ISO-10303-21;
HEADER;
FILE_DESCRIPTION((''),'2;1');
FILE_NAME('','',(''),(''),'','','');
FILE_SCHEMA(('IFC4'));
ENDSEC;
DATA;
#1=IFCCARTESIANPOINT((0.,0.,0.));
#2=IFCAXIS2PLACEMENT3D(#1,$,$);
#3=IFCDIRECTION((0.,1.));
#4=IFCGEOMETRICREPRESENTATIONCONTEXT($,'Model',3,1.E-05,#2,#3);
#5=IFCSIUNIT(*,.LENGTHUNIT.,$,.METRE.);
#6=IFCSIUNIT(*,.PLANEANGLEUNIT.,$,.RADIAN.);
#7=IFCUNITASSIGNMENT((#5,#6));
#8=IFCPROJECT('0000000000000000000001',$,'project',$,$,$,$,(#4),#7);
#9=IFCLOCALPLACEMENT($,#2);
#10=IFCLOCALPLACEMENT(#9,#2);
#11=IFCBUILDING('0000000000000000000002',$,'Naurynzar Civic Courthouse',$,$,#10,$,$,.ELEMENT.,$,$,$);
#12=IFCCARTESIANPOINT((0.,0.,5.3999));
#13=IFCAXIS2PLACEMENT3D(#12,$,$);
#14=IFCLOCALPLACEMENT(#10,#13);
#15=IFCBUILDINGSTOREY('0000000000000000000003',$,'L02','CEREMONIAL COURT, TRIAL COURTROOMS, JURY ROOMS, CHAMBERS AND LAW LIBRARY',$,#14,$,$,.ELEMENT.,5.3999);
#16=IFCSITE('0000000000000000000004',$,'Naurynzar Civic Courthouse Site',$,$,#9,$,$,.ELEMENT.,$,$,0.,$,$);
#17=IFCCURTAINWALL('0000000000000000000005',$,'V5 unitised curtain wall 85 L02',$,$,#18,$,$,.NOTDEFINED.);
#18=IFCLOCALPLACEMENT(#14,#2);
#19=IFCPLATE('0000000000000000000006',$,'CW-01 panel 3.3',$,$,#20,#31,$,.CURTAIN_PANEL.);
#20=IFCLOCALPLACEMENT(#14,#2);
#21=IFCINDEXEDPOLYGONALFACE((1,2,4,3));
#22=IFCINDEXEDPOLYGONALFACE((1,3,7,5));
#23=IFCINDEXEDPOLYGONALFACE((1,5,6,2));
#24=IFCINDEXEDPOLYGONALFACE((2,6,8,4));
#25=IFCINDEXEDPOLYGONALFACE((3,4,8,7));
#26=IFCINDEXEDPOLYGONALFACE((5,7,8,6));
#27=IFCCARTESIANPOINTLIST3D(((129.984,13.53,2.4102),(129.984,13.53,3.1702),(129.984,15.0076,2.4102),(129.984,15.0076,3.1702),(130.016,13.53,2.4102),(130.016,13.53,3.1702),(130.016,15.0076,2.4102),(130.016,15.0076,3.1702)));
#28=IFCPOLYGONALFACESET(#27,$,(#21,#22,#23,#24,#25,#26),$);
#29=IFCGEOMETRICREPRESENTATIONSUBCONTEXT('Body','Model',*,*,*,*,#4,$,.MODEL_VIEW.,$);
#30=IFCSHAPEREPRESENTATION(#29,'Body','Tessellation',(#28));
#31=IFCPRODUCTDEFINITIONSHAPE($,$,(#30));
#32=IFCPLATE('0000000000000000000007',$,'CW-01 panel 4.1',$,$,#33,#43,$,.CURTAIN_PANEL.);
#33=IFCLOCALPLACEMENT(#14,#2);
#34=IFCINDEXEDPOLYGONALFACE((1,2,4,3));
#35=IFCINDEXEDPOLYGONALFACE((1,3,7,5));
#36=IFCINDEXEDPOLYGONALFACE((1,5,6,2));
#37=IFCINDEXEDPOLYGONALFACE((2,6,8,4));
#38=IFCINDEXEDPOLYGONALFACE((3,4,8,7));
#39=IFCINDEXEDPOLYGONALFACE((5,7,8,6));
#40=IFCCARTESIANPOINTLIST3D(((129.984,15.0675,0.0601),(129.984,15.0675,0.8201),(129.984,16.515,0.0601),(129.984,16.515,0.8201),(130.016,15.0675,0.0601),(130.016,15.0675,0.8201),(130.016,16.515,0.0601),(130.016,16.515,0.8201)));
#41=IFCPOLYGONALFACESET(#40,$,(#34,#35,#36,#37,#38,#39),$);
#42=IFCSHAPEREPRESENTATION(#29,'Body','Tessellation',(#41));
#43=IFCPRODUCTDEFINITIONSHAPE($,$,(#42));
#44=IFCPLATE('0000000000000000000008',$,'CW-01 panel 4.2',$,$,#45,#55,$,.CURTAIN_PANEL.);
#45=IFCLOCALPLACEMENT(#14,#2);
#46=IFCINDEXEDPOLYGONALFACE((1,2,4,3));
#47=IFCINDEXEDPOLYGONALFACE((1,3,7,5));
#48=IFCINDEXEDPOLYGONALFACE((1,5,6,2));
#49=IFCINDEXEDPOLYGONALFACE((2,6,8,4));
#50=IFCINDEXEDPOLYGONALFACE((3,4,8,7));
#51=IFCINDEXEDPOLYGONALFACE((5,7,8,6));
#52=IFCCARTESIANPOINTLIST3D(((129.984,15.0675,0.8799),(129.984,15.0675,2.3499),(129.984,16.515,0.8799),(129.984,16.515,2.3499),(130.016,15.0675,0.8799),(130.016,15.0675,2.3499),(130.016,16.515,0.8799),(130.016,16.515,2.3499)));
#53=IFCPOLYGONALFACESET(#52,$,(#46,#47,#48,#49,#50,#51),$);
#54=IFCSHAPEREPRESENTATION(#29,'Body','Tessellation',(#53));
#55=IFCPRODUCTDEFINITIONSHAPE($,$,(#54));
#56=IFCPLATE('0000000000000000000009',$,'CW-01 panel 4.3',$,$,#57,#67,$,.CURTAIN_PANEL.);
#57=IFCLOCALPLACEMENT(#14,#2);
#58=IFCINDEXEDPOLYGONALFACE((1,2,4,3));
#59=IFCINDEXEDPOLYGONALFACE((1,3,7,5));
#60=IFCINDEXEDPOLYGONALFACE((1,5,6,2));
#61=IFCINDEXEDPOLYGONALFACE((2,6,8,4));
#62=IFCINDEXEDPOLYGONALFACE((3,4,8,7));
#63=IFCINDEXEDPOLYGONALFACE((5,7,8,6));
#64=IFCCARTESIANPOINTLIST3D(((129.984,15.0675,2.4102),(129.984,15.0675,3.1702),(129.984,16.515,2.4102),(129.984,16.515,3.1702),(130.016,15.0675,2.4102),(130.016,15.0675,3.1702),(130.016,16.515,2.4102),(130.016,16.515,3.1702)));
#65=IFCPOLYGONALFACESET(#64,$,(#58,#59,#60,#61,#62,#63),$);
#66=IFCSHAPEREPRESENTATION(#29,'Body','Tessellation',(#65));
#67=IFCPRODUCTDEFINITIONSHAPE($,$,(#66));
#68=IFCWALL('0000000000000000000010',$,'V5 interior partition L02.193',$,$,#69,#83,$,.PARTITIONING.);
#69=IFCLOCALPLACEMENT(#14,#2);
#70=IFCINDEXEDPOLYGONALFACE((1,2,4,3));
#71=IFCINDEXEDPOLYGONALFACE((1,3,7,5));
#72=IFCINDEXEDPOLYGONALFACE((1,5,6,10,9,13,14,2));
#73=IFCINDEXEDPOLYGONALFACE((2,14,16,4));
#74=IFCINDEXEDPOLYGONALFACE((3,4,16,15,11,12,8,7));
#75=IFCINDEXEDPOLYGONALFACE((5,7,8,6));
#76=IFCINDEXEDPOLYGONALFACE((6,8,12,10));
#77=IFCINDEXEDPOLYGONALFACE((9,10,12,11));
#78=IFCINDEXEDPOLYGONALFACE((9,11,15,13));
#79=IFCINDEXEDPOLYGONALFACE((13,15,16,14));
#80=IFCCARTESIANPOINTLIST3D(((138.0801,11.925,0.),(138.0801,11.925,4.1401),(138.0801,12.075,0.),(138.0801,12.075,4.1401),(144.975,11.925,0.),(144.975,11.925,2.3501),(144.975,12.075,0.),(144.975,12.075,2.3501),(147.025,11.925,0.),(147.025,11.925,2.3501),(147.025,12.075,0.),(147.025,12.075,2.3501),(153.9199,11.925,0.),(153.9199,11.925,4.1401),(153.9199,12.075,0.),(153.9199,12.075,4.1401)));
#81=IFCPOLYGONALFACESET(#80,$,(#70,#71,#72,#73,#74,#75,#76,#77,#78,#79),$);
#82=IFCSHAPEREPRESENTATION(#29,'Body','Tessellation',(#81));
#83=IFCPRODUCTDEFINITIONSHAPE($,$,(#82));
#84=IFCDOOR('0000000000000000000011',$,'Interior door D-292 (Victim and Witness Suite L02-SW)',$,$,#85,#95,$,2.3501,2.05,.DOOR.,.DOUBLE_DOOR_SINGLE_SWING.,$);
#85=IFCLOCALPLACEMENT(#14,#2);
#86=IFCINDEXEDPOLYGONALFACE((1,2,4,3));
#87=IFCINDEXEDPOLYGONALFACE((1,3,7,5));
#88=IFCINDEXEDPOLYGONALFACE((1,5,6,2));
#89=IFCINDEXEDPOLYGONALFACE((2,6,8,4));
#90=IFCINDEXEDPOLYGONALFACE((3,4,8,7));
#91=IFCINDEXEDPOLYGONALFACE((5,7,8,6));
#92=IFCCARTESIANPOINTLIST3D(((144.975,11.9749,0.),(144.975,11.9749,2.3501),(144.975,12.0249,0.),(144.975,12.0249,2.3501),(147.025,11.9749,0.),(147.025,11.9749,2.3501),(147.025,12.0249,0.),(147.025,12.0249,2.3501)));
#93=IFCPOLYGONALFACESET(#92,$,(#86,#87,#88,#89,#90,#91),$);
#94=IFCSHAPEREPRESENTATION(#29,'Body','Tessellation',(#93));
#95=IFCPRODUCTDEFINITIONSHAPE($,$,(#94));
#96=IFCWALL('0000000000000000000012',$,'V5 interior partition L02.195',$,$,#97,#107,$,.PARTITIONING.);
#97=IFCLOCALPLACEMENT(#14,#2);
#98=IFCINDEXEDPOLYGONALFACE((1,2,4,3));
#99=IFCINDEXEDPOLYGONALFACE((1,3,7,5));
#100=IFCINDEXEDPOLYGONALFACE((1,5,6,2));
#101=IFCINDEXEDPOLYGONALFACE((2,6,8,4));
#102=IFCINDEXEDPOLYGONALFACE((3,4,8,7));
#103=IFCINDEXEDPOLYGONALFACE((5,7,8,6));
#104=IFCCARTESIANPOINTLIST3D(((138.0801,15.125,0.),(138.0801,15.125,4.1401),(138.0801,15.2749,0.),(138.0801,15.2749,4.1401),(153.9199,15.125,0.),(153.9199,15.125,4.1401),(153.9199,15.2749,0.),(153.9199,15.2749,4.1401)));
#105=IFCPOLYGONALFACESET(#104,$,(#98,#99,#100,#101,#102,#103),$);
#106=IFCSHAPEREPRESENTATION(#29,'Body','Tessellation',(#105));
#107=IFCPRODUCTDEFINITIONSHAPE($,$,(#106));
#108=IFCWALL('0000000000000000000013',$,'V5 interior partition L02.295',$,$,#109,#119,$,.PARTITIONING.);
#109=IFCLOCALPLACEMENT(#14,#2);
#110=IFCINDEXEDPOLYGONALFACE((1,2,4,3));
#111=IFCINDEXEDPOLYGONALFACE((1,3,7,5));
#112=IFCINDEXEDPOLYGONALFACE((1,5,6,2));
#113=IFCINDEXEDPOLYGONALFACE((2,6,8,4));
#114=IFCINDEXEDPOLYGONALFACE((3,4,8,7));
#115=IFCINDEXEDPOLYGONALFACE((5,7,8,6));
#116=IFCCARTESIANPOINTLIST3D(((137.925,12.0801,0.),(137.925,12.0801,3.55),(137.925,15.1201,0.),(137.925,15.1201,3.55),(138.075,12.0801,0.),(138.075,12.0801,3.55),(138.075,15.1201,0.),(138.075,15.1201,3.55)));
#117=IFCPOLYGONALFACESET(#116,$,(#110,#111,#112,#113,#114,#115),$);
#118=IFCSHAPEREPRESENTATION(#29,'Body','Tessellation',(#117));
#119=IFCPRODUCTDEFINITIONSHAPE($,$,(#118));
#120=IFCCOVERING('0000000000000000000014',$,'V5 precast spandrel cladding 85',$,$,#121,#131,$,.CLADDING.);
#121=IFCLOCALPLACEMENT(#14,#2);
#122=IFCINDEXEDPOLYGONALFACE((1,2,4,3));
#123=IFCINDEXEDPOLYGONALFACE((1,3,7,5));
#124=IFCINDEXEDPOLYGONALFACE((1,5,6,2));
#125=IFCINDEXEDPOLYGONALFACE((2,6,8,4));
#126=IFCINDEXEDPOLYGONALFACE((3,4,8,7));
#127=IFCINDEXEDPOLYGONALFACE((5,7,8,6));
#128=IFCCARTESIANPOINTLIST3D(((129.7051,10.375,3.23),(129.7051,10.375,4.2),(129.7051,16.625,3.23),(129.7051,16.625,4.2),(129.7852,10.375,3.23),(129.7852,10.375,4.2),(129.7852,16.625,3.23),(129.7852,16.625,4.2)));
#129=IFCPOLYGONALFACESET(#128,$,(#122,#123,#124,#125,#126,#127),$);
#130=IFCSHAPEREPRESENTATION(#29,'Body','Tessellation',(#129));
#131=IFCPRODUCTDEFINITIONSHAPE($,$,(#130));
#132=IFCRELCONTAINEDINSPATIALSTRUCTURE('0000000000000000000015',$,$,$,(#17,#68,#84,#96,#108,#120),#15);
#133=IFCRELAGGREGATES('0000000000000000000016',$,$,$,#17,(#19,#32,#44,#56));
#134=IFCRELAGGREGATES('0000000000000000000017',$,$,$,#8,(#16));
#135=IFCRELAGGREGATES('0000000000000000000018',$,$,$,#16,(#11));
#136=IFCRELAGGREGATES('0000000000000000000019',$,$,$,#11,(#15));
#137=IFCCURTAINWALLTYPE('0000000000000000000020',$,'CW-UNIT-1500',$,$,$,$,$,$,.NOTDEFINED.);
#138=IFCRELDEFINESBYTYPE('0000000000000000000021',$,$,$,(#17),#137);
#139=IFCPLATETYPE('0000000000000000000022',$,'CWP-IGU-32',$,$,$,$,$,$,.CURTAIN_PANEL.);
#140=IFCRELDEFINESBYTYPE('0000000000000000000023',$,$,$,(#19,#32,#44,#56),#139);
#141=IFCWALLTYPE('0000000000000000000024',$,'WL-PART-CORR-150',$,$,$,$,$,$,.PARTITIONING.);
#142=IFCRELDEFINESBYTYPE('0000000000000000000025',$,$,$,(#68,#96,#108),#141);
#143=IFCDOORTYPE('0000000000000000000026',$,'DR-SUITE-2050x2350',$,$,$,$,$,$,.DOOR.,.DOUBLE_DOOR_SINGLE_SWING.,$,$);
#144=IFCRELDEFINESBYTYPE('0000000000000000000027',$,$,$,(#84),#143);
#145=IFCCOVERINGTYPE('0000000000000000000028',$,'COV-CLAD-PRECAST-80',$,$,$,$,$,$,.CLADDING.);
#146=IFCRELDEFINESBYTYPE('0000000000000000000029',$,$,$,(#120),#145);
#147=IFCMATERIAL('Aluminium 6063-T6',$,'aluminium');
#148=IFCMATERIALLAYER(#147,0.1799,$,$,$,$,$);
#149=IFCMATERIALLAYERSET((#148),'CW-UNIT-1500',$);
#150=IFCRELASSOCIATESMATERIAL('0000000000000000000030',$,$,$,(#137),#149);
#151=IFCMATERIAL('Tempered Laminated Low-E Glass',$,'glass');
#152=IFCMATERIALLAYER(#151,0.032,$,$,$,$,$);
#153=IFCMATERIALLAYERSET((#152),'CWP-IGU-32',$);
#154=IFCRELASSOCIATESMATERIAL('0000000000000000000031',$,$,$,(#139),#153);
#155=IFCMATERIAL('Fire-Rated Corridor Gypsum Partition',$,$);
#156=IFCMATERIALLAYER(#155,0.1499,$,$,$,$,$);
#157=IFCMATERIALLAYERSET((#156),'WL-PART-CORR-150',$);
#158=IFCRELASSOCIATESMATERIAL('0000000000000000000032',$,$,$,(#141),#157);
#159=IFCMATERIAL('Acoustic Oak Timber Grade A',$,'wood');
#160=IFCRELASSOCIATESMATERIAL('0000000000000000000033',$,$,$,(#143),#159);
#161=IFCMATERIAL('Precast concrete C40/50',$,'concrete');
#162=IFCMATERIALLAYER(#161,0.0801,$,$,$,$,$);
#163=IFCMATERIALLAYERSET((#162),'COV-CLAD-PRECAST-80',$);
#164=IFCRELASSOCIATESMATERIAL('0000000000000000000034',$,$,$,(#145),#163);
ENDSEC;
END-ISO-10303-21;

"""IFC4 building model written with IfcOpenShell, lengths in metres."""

from ifc_helpers import new_model, si_unit, direction, frame, frame_2d, origin, origin_2d, place, context, subcontext, project, spatial, rectangle, extrude, material, layer, layer_set, type_object, element, fill, aggregate, save


model = new_model("IFC4")

# Units and contexts
model_context = context("Model", 3, precision=1e-05, world=origin(), true_north=direction((0.0, 1.0)))
body_context = subcontext(model_context, "Body", "Model", "MODEL_VIEW")
ifc_project = project(units=[si_unit("LENGTHUNIT", "METRE"), si_unit("PLANEANGLEUNIT", "RADIAN")], contexts=[model_context])

# Site, building, storey
site_placement = place(None, origin())
site = spatial("IfcSite", under=ifc_project, at=site_placement, Name="Naurynzar Civic Courthouse Site", CompositionType="ELEMENT", RefElevation=0.0)
building_placement = place(site_placement, origin())
building = spatial("IfcBuilding", under=site, at=building_placement, Name="Naurynzar Civic Courthouse", CompositionType="ELEMENT")
storey_placement = place(building_placement, frame((0.0, 0.0, 5.3999)))
storey = spatial("IfcBuildingStorey", under=building, at=storey_placement, Name="L02", Description="CEREMONIAL COURT, TRIAL COURTROOMS, JURY ROOMS, CHAMBERS AND LAW LIBRARY", CompositionType="ELEMENT", Elevation=5.3999)

# Curtain wall, plates
ifc_material_1 = material(Name="Aluminium 6063-T6", Category="aluminium")
ifc_layer_1 = layer(ifc_material_1, 0.1799)
ifc_layer_set_1 = layer_set([ifc_layer_1], Name="CW-UNIT-1500")
curtain_wall_type = type_object("IfcCurtainWallType", Name="CW-UNIT-1500", PredefinedType="NOTDEFINED", material=ifc_layer_set_1)
curtain_wall_placement = place(storey_placement, origin())
curtain_wall = element("IfcCurtainWall", 1, at=curtain_wall_placement, inside=storey, type_object=curtain_wall_type, Name="V5 unitised curtain wall 85 L02", PredefinedType="NOTDEFINED")
ifc_material_2 = material(Name="Tempered Laminated Low-E Glass", Category="glass")
ifc_layer_2 = layer(ifc_material_2, 0.032)
ifc_layer_set_2 = layer_set([ifc_layer_2], Name="CWP-IGU-32")
plate_type = type_object("IfcPlateType", Name="CWP-IGU-32", PredefinedType="CURTAIN_PANEL", material=ifc_layer_set_2)
plate_1_placement = place(storey_placement, frame((130.0, 14.2688, 2.4102), z_axis=(0.0, 0.0, 1.0), x_axis=(0.0, 1.0, 0.0)))
plate_1 = element("IfcPlate", 2, at=plate_1_placement, type_object=plate_type, Name="CW-01 panel 3.3", PredefinedType="CURTAIN_PANEL", context=body_context, shape_type="SweptSolid", body=[
    extrude(rectangle(XDim=1.4775, YDim=0.032, at=origin_2d()), origin(), (0.0, 0.0, 1.0), 0.76),
])
plate_2_placement = place(storey_placement, frame((130.0, 15.7913, 0.0601), z_axis=(0.0, 0.0, 1.0), x_axis=(0.0, 1.0, 0.0)))
plate_2 = element("IfcPlate", 3, at=plate_2_placement, type_object=plate_type, Name="CW-01 panel 4.1", PredefinedType="CURTAIN_PANEL", context=body_context, shape_type="SweptSolid", body=[
    extrude(rectangle(XDim=1.4475, YDim=0.032, at=origin_2d()), origin(), (0.0, 0.0, 1.0), 0.76),
])
plate_3_placement = place(storey_placement, frame((130.0, 15.7913, 0.8799), z_axis=(0.0, 0.0, 1.0), x_axis=(0.0, 1.0, 0.0)))
plate_3 = element("IfcPlate", 4, at=plate_3_placement, type_object=plate_type, Name="CW-01 panel 4.2", PredefinedType="CURTAIN_PANEL", context=body_context, shape_type="SweptSolid", body=[
    extrude(rectangle(XDim=1.4475, YDim=0.032, at=origin_2d()), origin(), (0.0, 0.0, 1.0), 1.47),
])
plate_4_placement = place(storey_placement, frame((130.0, 15.7913, 2.4102), z_axis=(0.0, 0.0, 1.0), x_axis=(0.0, 1.0, 0.0)))
plate_4 = element("IfcPlate", 5, at=plate_4_placement, type_object=plate_type, Name="CW-01 panel 4.3", PredefinedType="CURTAIN_PANEL", context=body_context, shape_type="SweptSolid", body=[
    extrude(rectangle(XDim=1.4475, YDim=0.032, at=origin_2d()), origin(), (0.0, 0.0, 1.0), 0.76),
])
aggregate(curtain_wall, [plate_1, plate_2, plate_3, plate_4])

# Wall, opening, door
ifc_material_3 = material(Name="Fire-Rated Corridor Gypsum Partition")
ifc_layer_3 = layer(ifc_material_3, 0.1499)
ifc_layer_set_3 = layer_set([ifc_layer_3], Name="WL-PART-CORR-150")
wall_type = type_object("IfcWallType", Name="WL-PART-CORR-150", PredefinedType="PARTITIONING", material=ifc_layer_set_3)
wall_1_placement = place(storey_placement, frame((138.0801, 12.0, 0.0), z_axis=(0.0, 0.0, 1.0), x_axis=(1.0, 0.0, 0.0)))
wall_1 = element("IfcWall", 6, at=wall_1_placement, inside=storey, type_object=wall_type, Name="V5 interior partition L02.193", PredefinedType="PARTITIONING", context=body_context, shape_type="SweptSolid", body=[
    extrude(rectangle(XDim=15.8398, YDim=0.1499, at=frame_2d((7.9199, 0.0))), origin(), (0.0, 0.0, 1.0), 4.1401),
])
opening_placement = place(wall_1_placement, frame((6.895, 0.0, 0.0)))
opening = element("IfcOpeningElement", 7, at=opening_placement, cuts=wall_1, PredefinedType="OPENING", context=body_context, shape_type="SweptSolid", body=[
    extrude(rectangle(XDim=2.05, YDim=2.3501, at=frame_2d((1.0249, 1.175))), frame((0.0, 0.085, 0.0), z_axis=(0.0, -1.0, 0.0), x_axis=(1.0, 0.0, 0.0)), (0.0, 0.0, 1.0), 0.1699),
])
ifc_material_4 = material(Name="Acoustic Oak Timber Grade A", Category="wood")
door_type = type_object("IfcDoorType", Name="DR-SUITE-2050x2350", OperationType="DOUBLE_DOOR_SINGLE_SWING", PredefinedType="DOOR", material=ifc_material_4)
door_placement = place(opening_placement, origin())
door = element("IfcDoor", 8, at=door_placement, inside=storey, type_object=door_type, Name="Interior door D-292 (Victim and Witness Suite L02-SW)", OperationType="DOUBLE_DOOR_SINGLE_SWING", OverallHeight=2.3501, OverallWidth=2.05, PredefinedType="DOOR", context=body_context, shape_type="SweptSolid", body=[
    extrude(rectangle(XDim=2.05, YDim=2.3501, at=frame_2d((1.0249, 1.175))), frame((0.0, 0.0249, 0.0), z_axis=(0.0, -1.0, 0.0), x_axis=(1.0, 0.0, 0.0)), (0.0, 0.0, 1.0), 0.05),
])
fill(opening, door)

# Walls
wall_2_placement = place(storey_placement, frame((138.0801, 15.2, 0.0), z_axis=(0.0, 0.0, 1.0), x_axis=(1.0, 0.0, 0.0)))
element("IfcWall", 9, at=wall_2_placement, inside=storey, type_object=wall_type, Name="V5 interior partition L02.195", PredefinedType="PARTITIONING", context=body_context, shape_type="SweptSolid", body=[
    extrude(rectangle(XDim=15.8398, YDim=0.1499, at=frame_2d((7.9199, 0.0))), origin(), (0.0, 0.0, 1.0), 4.1401),
])
wall_3_placement = place(storey_placement, frame((138.0, 12.0801, 0.0), z_axis=(0.0, 0.0, 1.0), x_axis=(0.0, 1.0, 0.0)))
element("IfcWall", 10, at=wall_3_placement, inside=storey, type_object=wall_type, Name="V5 interior partition L02.295", PredefinedType="PARTITIONING", context=body_context, shape_type="SweptSolid", body=[
    extrude(rectangle(XDim=3.04, YDim=0.1499, at=frame_2d((1.52, 0.0))), origin(), (0.0, 0.0, 1.0), 3.55),
])

# Covering
ifc_material_5 = material(Name="Precast concrete C40/50", Category="concrete")
ifc_layer_4 = layer(ifc_material_5, 0.0801)
ifc_layer_set_4 = layer_set([ifc_layer_4], Name="COV-CLAD-PRECAST-80")
covering_type = type_object("IfcCoveringType", Name="COV-CLAD-PRECAST-80", PredefinedType="CLADDING", material=ifc_layer_set_4)
covering_placement = place(storey_placement, frame((129.7451, 13.5, 3.23), z_axis=(0.0, 0.0, 1.0), x_axis=(0.0, 1.0, 0.0)))
element("IfcCovering", 11, at=covering_placement, inside=storey, type_object=covering_type, Name="V5 precast spandrel cladding 85", PredefinedType="CLADDING", context=body_context, shape_type="SweptSolid", body=[
    extrude(rectangle(XDim=6.25, YDim=0.0801, at=origin_2d()), origin(), (0.0, 0.0, 1.0), 0.97),
])

save(model, "model.ifc")
